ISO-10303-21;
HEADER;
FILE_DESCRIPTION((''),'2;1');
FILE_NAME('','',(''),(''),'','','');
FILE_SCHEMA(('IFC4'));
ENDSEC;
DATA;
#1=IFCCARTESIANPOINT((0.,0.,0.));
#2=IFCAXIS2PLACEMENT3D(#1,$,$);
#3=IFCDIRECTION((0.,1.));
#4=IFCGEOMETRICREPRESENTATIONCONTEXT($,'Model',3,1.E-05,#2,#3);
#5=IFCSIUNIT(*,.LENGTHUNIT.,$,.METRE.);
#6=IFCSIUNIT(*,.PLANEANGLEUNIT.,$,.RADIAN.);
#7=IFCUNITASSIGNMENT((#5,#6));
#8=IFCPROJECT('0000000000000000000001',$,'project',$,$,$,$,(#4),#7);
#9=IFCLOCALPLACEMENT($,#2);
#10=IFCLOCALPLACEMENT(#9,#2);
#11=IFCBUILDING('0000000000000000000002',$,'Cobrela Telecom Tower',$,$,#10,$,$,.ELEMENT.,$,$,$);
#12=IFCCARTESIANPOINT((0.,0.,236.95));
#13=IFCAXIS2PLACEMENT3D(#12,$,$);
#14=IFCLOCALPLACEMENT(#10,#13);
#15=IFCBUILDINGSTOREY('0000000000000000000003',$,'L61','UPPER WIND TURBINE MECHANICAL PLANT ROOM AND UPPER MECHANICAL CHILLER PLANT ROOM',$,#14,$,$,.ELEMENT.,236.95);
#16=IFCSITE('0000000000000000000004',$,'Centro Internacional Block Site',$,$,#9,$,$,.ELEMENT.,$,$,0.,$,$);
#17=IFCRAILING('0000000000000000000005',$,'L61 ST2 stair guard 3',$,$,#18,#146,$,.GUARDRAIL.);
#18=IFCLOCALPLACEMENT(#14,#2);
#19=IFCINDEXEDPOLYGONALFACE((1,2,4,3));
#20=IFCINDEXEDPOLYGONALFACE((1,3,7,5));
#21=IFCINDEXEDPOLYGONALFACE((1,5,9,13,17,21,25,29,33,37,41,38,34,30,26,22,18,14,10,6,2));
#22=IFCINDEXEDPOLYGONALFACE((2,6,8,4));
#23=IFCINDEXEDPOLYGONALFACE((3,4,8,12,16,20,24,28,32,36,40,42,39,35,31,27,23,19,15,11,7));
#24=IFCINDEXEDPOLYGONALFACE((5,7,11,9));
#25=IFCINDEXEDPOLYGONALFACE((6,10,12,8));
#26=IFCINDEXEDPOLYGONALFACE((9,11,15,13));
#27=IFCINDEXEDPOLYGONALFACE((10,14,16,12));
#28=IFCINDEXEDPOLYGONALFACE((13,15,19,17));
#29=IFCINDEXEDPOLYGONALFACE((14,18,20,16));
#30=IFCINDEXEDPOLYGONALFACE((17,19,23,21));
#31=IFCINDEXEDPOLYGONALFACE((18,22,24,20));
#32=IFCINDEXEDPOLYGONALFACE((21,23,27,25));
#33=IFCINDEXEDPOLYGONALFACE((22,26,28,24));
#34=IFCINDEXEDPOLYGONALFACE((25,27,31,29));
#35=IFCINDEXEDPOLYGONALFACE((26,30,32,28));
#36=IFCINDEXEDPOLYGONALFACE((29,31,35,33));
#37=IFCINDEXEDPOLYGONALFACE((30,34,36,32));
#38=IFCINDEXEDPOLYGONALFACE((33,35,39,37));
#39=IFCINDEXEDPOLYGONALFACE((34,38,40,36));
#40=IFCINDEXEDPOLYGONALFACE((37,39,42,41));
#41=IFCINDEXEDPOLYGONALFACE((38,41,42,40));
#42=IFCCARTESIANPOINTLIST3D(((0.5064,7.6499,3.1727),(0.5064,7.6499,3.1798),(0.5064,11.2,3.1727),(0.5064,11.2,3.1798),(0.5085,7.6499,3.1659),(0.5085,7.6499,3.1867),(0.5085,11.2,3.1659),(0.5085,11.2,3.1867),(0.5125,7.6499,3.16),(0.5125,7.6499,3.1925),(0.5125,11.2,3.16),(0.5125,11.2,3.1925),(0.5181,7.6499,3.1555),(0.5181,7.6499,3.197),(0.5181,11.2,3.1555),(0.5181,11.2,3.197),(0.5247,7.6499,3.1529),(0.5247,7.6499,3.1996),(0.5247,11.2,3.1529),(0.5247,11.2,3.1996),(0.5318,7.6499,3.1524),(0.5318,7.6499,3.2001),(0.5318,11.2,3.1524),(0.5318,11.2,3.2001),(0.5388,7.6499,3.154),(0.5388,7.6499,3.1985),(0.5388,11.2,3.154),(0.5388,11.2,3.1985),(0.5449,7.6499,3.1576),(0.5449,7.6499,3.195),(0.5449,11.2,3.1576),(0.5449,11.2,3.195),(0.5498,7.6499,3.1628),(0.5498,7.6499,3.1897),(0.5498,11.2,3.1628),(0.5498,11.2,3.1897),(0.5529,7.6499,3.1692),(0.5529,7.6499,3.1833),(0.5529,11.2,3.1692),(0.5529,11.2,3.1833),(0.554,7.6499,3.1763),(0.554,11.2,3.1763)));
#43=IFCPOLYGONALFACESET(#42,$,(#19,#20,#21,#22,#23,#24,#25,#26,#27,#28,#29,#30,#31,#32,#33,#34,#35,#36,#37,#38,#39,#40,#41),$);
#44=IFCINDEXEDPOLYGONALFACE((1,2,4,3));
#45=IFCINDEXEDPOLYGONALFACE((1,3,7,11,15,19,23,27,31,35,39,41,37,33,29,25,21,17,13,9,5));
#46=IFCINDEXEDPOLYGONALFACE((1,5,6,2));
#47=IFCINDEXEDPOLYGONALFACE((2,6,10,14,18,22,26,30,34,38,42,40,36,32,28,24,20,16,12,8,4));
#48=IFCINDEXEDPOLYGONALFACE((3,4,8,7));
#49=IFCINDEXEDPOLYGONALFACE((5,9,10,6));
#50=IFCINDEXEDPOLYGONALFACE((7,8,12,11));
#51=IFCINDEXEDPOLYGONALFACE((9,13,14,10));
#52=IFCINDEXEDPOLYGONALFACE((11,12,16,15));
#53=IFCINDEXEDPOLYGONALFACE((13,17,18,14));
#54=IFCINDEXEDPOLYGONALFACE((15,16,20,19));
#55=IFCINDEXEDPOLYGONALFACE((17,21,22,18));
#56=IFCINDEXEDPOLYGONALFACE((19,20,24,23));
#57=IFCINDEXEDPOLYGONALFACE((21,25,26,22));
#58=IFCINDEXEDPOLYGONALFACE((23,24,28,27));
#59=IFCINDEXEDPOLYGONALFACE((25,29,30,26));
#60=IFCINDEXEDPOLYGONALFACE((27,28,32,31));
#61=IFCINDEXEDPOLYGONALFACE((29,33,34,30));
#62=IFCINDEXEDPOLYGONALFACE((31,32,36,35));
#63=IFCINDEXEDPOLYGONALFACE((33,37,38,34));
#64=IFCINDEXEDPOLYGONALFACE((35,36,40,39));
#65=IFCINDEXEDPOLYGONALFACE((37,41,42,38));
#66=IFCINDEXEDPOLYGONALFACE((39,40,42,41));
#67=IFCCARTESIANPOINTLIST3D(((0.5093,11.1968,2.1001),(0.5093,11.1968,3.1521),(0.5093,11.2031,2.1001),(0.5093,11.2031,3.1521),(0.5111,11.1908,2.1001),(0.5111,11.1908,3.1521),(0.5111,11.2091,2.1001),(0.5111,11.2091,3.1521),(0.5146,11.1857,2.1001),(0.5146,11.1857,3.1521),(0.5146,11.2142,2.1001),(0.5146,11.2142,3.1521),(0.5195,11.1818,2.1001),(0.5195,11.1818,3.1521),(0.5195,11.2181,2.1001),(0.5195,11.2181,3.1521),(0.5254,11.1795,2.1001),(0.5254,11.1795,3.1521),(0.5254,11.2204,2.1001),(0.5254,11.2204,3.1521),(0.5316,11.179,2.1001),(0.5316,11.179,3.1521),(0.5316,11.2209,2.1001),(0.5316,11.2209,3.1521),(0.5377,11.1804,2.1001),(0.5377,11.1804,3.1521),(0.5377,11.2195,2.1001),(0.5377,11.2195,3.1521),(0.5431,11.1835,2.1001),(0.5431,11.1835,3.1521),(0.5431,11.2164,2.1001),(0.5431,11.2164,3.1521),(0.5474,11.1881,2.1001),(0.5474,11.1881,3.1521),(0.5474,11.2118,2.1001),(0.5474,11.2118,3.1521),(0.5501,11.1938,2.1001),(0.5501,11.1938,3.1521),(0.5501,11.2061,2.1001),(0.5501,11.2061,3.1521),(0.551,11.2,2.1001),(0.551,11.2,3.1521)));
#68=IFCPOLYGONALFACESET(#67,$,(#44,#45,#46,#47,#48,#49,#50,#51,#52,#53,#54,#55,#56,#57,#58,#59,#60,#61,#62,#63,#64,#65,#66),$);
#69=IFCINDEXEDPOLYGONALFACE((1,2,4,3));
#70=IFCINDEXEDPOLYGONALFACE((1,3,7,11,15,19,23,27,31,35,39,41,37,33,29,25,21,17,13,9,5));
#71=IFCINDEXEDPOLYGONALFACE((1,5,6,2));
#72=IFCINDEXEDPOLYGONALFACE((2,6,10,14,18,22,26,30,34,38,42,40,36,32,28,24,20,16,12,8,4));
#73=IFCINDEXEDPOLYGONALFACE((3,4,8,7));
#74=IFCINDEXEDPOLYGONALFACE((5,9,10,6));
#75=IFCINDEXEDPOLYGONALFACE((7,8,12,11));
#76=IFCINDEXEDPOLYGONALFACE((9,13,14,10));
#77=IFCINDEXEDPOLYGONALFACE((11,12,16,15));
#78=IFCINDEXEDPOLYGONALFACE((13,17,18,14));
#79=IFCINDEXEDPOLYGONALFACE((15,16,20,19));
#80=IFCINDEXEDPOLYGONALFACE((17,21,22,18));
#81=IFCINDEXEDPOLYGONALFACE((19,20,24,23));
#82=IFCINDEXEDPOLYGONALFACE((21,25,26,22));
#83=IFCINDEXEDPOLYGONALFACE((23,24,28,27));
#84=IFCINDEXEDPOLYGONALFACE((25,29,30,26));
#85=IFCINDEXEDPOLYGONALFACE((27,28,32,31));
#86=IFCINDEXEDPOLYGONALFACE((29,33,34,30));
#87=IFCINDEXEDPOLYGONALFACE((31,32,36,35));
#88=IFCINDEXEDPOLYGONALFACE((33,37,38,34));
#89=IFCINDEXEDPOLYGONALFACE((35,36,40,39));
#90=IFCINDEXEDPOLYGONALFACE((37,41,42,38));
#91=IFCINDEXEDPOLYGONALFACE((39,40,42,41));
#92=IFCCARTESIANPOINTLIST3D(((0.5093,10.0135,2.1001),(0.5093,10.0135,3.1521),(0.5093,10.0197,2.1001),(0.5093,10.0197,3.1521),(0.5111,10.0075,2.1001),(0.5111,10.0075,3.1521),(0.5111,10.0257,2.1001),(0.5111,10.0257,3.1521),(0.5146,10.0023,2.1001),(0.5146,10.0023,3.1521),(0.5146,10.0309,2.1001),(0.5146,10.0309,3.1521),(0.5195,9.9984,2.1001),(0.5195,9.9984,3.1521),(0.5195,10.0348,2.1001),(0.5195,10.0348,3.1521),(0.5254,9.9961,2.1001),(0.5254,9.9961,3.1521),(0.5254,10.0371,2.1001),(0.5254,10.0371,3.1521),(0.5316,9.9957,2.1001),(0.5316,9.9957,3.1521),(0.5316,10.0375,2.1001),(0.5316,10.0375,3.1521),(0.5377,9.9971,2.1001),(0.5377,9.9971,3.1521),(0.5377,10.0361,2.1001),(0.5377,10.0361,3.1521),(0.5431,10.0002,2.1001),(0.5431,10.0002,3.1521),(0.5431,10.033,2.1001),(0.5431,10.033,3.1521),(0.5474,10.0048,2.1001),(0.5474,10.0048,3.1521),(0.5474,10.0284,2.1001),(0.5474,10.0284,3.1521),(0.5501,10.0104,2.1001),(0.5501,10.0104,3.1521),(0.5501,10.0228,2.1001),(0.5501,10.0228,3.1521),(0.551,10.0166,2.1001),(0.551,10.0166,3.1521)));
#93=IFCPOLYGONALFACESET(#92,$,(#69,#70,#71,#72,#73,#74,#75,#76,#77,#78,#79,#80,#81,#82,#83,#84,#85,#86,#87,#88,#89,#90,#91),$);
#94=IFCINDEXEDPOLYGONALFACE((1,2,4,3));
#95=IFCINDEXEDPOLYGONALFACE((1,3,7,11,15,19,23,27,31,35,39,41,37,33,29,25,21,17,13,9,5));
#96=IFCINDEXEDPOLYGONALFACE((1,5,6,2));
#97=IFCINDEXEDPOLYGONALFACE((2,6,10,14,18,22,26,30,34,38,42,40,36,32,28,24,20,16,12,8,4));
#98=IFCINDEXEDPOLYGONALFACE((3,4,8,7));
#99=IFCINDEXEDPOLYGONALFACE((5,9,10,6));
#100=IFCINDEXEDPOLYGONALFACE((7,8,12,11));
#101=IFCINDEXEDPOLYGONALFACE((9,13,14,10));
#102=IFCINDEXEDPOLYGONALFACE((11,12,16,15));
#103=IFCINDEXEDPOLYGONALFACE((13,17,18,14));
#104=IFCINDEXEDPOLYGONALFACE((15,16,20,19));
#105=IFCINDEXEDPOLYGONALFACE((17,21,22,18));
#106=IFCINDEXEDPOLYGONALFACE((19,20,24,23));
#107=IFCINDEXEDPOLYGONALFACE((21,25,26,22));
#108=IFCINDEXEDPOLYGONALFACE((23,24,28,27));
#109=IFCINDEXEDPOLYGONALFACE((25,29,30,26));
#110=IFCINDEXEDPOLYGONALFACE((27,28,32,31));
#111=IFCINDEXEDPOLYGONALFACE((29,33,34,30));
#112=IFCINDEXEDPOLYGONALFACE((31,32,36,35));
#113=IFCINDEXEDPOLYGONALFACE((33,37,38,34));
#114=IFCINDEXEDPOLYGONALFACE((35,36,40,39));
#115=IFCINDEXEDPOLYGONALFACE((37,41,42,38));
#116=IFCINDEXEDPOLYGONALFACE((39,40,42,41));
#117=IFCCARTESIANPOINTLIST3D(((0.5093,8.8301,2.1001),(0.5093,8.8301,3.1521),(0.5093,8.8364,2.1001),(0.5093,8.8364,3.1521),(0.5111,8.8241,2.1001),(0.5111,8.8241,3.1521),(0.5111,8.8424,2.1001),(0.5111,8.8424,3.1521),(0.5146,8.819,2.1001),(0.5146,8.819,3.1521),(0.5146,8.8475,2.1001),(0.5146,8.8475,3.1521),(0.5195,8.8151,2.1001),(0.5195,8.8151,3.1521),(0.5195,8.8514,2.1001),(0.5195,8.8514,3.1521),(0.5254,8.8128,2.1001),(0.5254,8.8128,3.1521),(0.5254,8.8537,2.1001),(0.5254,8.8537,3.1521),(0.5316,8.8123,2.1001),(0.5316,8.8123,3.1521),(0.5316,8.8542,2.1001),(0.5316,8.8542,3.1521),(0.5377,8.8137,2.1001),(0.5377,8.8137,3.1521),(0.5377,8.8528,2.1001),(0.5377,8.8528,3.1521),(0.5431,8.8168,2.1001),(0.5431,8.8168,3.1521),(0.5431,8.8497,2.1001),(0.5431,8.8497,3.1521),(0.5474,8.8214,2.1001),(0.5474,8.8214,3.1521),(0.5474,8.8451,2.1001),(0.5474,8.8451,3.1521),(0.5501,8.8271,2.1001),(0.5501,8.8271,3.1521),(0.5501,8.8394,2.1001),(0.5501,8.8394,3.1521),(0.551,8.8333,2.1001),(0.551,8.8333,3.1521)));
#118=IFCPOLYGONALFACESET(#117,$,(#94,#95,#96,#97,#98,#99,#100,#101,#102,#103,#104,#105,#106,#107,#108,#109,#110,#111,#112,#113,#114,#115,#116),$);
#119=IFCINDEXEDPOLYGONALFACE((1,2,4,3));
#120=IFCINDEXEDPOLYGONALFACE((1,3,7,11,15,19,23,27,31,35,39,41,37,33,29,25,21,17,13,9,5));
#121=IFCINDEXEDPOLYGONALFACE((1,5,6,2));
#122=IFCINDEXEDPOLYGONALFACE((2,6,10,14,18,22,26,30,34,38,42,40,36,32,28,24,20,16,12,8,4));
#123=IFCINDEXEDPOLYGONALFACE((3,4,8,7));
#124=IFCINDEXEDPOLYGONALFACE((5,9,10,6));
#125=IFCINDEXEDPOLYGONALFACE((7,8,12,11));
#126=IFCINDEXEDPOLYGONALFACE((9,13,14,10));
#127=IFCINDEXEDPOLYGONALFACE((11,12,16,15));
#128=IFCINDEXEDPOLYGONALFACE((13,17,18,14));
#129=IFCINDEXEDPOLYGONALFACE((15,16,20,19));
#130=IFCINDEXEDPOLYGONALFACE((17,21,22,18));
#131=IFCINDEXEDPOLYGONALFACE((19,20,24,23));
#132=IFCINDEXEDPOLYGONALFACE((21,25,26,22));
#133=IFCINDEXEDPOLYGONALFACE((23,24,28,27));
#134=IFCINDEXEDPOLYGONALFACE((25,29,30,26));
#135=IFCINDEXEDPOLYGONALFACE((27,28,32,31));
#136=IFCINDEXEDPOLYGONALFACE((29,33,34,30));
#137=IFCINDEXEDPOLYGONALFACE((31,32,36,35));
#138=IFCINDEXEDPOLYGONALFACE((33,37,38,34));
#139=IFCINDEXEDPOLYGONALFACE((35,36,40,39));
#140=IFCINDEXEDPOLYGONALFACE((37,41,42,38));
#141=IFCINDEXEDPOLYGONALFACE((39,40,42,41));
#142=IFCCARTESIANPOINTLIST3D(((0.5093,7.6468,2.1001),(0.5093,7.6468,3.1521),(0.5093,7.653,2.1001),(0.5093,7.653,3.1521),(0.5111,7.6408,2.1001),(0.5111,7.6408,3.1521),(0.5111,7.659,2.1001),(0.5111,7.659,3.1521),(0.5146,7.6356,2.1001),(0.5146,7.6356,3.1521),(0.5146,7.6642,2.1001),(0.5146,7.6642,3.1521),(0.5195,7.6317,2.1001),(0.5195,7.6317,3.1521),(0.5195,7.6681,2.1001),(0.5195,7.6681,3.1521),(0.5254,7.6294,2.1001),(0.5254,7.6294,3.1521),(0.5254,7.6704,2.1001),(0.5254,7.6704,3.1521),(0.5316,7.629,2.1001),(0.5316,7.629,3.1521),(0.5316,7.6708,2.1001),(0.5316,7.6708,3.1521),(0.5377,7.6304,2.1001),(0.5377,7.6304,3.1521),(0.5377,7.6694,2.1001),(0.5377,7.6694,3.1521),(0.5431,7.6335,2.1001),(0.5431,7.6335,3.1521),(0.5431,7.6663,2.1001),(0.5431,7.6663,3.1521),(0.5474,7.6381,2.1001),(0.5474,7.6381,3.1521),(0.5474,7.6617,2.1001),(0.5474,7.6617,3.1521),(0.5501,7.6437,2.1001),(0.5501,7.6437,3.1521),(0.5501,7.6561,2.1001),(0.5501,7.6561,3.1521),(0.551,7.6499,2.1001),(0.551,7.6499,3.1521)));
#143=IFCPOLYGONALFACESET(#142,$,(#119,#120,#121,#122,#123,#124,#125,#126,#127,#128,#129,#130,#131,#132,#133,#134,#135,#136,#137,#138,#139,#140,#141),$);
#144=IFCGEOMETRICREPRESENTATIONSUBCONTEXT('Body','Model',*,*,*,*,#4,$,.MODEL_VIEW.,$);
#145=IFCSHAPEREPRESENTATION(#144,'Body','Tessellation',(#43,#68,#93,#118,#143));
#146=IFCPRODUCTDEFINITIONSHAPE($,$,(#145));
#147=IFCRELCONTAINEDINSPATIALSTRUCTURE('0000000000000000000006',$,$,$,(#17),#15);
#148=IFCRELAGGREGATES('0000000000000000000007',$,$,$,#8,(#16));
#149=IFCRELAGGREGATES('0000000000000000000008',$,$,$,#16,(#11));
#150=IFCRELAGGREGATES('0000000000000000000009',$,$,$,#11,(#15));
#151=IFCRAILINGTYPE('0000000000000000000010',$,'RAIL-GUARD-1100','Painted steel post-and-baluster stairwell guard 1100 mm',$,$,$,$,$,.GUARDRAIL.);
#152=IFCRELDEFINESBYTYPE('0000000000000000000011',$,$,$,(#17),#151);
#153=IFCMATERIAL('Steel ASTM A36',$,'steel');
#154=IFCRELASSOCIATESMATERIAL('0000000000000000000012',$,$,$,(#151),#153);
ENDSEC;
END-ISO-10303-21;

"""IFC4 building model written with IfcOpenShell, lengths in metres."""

from ifc_helpers import new_model, si_unit, direction, frame, origin, origin_2d, place, context, subcontext, project, spatial, circle, extrude, material, type_object, element, save


model = new_model("IFC4")

# Units and contexts
model_context = context("Model", 3, precision=1e-05, world=origin(), true_north=direction((0.0, 1.0)))
body_context = subcontext(model_context, "Body", "Model", "MODEL_VIEW")
ifc_project = project(units=[si_unit("LENGTHUNIT", "METRE"), si_unit("PLANEANGLEUNIT", "RADIAN")], contexts=[model_context])

# Site, building, storey
site_placement = place(None, origin())
site = spatial("IfcSite", under=ifc_project, at=site_placement, Name="Centro Internacional Block Site", CompositionType="ELEMENT", RefElevation=0.0)
building_placement = place(site_placement, origin())
building = spatial("IfcBuilding", under=site, at=building_placement, Name="Cobrela Telecom Tower", CompositionType="ELEMENT")
storey_placement = place(building_placement, frame((0.0, 0.0, 236.95)))
storey = spatial("IfcBuildingStorey", under=building, at=storey_placement, Name="L61", Description="UPPER WIND TURBINE MECHANICAL PLANT ROOM AND UPPER MECHANICAL CHILLER PLANT ROOM", CompositionType="ELEMENT", Elevation=236.95)

# Shared definitions
ifc_material_1 = material(Name="Steel ASTM A36", Category="steel")

# Railing
railing_type_1 = type_object("IfcRailingType", Name="RAIL-GUARD-1100", Description="Painted steel post-and-baluster stairwell guard 1100 mm", PredefinedType="GUARDRAIL", material=ifc_material_1)
railing_1_placement = place(storey_placement, frame((0.53, 11.2, 2.1001)))
element("IfcRailing", 1, at=railing_1_placement, inside=storey, type_object=railing_type_1, Name="L61 ST2 stair guard 3", PredefinedType="GUARDRAIL", context=body_context, shape_type="SweptSolid", body=[
    extrude(circle(Radius=0.0239, at=origin_2d()), frame((0.0, 0.0, 1.0762), z_axis=(0.0, -1.0, 0.0), x_axis=(1.0, 0.0, 0.0)), (0.0, 0.0, 1.0), 3.55),
    extrude(circle(Radius=0.021, at=origin_2d()), origin(), (0.0, 0.0, 1.0), 1.052),
    extrude(circle(Radius=0.021, at=origin_2d()), frame((0.0, -1.1833, 0.0)), (0.0, 0.0, 1.0), 1.052),
    extrude(circle(Radius=0.021, at=origin_2d()), frame((0.0, -2.3667, 0.0)), (0.0, 0.0, 1.0), 1.052),
    extrude(circle(Radius=0.021, at=origin_2d()), frame((0.0, -3.55, 0.0)), (0.0, 0.0, 1.0), 1.052),
])

save(model, "model.ifc")
